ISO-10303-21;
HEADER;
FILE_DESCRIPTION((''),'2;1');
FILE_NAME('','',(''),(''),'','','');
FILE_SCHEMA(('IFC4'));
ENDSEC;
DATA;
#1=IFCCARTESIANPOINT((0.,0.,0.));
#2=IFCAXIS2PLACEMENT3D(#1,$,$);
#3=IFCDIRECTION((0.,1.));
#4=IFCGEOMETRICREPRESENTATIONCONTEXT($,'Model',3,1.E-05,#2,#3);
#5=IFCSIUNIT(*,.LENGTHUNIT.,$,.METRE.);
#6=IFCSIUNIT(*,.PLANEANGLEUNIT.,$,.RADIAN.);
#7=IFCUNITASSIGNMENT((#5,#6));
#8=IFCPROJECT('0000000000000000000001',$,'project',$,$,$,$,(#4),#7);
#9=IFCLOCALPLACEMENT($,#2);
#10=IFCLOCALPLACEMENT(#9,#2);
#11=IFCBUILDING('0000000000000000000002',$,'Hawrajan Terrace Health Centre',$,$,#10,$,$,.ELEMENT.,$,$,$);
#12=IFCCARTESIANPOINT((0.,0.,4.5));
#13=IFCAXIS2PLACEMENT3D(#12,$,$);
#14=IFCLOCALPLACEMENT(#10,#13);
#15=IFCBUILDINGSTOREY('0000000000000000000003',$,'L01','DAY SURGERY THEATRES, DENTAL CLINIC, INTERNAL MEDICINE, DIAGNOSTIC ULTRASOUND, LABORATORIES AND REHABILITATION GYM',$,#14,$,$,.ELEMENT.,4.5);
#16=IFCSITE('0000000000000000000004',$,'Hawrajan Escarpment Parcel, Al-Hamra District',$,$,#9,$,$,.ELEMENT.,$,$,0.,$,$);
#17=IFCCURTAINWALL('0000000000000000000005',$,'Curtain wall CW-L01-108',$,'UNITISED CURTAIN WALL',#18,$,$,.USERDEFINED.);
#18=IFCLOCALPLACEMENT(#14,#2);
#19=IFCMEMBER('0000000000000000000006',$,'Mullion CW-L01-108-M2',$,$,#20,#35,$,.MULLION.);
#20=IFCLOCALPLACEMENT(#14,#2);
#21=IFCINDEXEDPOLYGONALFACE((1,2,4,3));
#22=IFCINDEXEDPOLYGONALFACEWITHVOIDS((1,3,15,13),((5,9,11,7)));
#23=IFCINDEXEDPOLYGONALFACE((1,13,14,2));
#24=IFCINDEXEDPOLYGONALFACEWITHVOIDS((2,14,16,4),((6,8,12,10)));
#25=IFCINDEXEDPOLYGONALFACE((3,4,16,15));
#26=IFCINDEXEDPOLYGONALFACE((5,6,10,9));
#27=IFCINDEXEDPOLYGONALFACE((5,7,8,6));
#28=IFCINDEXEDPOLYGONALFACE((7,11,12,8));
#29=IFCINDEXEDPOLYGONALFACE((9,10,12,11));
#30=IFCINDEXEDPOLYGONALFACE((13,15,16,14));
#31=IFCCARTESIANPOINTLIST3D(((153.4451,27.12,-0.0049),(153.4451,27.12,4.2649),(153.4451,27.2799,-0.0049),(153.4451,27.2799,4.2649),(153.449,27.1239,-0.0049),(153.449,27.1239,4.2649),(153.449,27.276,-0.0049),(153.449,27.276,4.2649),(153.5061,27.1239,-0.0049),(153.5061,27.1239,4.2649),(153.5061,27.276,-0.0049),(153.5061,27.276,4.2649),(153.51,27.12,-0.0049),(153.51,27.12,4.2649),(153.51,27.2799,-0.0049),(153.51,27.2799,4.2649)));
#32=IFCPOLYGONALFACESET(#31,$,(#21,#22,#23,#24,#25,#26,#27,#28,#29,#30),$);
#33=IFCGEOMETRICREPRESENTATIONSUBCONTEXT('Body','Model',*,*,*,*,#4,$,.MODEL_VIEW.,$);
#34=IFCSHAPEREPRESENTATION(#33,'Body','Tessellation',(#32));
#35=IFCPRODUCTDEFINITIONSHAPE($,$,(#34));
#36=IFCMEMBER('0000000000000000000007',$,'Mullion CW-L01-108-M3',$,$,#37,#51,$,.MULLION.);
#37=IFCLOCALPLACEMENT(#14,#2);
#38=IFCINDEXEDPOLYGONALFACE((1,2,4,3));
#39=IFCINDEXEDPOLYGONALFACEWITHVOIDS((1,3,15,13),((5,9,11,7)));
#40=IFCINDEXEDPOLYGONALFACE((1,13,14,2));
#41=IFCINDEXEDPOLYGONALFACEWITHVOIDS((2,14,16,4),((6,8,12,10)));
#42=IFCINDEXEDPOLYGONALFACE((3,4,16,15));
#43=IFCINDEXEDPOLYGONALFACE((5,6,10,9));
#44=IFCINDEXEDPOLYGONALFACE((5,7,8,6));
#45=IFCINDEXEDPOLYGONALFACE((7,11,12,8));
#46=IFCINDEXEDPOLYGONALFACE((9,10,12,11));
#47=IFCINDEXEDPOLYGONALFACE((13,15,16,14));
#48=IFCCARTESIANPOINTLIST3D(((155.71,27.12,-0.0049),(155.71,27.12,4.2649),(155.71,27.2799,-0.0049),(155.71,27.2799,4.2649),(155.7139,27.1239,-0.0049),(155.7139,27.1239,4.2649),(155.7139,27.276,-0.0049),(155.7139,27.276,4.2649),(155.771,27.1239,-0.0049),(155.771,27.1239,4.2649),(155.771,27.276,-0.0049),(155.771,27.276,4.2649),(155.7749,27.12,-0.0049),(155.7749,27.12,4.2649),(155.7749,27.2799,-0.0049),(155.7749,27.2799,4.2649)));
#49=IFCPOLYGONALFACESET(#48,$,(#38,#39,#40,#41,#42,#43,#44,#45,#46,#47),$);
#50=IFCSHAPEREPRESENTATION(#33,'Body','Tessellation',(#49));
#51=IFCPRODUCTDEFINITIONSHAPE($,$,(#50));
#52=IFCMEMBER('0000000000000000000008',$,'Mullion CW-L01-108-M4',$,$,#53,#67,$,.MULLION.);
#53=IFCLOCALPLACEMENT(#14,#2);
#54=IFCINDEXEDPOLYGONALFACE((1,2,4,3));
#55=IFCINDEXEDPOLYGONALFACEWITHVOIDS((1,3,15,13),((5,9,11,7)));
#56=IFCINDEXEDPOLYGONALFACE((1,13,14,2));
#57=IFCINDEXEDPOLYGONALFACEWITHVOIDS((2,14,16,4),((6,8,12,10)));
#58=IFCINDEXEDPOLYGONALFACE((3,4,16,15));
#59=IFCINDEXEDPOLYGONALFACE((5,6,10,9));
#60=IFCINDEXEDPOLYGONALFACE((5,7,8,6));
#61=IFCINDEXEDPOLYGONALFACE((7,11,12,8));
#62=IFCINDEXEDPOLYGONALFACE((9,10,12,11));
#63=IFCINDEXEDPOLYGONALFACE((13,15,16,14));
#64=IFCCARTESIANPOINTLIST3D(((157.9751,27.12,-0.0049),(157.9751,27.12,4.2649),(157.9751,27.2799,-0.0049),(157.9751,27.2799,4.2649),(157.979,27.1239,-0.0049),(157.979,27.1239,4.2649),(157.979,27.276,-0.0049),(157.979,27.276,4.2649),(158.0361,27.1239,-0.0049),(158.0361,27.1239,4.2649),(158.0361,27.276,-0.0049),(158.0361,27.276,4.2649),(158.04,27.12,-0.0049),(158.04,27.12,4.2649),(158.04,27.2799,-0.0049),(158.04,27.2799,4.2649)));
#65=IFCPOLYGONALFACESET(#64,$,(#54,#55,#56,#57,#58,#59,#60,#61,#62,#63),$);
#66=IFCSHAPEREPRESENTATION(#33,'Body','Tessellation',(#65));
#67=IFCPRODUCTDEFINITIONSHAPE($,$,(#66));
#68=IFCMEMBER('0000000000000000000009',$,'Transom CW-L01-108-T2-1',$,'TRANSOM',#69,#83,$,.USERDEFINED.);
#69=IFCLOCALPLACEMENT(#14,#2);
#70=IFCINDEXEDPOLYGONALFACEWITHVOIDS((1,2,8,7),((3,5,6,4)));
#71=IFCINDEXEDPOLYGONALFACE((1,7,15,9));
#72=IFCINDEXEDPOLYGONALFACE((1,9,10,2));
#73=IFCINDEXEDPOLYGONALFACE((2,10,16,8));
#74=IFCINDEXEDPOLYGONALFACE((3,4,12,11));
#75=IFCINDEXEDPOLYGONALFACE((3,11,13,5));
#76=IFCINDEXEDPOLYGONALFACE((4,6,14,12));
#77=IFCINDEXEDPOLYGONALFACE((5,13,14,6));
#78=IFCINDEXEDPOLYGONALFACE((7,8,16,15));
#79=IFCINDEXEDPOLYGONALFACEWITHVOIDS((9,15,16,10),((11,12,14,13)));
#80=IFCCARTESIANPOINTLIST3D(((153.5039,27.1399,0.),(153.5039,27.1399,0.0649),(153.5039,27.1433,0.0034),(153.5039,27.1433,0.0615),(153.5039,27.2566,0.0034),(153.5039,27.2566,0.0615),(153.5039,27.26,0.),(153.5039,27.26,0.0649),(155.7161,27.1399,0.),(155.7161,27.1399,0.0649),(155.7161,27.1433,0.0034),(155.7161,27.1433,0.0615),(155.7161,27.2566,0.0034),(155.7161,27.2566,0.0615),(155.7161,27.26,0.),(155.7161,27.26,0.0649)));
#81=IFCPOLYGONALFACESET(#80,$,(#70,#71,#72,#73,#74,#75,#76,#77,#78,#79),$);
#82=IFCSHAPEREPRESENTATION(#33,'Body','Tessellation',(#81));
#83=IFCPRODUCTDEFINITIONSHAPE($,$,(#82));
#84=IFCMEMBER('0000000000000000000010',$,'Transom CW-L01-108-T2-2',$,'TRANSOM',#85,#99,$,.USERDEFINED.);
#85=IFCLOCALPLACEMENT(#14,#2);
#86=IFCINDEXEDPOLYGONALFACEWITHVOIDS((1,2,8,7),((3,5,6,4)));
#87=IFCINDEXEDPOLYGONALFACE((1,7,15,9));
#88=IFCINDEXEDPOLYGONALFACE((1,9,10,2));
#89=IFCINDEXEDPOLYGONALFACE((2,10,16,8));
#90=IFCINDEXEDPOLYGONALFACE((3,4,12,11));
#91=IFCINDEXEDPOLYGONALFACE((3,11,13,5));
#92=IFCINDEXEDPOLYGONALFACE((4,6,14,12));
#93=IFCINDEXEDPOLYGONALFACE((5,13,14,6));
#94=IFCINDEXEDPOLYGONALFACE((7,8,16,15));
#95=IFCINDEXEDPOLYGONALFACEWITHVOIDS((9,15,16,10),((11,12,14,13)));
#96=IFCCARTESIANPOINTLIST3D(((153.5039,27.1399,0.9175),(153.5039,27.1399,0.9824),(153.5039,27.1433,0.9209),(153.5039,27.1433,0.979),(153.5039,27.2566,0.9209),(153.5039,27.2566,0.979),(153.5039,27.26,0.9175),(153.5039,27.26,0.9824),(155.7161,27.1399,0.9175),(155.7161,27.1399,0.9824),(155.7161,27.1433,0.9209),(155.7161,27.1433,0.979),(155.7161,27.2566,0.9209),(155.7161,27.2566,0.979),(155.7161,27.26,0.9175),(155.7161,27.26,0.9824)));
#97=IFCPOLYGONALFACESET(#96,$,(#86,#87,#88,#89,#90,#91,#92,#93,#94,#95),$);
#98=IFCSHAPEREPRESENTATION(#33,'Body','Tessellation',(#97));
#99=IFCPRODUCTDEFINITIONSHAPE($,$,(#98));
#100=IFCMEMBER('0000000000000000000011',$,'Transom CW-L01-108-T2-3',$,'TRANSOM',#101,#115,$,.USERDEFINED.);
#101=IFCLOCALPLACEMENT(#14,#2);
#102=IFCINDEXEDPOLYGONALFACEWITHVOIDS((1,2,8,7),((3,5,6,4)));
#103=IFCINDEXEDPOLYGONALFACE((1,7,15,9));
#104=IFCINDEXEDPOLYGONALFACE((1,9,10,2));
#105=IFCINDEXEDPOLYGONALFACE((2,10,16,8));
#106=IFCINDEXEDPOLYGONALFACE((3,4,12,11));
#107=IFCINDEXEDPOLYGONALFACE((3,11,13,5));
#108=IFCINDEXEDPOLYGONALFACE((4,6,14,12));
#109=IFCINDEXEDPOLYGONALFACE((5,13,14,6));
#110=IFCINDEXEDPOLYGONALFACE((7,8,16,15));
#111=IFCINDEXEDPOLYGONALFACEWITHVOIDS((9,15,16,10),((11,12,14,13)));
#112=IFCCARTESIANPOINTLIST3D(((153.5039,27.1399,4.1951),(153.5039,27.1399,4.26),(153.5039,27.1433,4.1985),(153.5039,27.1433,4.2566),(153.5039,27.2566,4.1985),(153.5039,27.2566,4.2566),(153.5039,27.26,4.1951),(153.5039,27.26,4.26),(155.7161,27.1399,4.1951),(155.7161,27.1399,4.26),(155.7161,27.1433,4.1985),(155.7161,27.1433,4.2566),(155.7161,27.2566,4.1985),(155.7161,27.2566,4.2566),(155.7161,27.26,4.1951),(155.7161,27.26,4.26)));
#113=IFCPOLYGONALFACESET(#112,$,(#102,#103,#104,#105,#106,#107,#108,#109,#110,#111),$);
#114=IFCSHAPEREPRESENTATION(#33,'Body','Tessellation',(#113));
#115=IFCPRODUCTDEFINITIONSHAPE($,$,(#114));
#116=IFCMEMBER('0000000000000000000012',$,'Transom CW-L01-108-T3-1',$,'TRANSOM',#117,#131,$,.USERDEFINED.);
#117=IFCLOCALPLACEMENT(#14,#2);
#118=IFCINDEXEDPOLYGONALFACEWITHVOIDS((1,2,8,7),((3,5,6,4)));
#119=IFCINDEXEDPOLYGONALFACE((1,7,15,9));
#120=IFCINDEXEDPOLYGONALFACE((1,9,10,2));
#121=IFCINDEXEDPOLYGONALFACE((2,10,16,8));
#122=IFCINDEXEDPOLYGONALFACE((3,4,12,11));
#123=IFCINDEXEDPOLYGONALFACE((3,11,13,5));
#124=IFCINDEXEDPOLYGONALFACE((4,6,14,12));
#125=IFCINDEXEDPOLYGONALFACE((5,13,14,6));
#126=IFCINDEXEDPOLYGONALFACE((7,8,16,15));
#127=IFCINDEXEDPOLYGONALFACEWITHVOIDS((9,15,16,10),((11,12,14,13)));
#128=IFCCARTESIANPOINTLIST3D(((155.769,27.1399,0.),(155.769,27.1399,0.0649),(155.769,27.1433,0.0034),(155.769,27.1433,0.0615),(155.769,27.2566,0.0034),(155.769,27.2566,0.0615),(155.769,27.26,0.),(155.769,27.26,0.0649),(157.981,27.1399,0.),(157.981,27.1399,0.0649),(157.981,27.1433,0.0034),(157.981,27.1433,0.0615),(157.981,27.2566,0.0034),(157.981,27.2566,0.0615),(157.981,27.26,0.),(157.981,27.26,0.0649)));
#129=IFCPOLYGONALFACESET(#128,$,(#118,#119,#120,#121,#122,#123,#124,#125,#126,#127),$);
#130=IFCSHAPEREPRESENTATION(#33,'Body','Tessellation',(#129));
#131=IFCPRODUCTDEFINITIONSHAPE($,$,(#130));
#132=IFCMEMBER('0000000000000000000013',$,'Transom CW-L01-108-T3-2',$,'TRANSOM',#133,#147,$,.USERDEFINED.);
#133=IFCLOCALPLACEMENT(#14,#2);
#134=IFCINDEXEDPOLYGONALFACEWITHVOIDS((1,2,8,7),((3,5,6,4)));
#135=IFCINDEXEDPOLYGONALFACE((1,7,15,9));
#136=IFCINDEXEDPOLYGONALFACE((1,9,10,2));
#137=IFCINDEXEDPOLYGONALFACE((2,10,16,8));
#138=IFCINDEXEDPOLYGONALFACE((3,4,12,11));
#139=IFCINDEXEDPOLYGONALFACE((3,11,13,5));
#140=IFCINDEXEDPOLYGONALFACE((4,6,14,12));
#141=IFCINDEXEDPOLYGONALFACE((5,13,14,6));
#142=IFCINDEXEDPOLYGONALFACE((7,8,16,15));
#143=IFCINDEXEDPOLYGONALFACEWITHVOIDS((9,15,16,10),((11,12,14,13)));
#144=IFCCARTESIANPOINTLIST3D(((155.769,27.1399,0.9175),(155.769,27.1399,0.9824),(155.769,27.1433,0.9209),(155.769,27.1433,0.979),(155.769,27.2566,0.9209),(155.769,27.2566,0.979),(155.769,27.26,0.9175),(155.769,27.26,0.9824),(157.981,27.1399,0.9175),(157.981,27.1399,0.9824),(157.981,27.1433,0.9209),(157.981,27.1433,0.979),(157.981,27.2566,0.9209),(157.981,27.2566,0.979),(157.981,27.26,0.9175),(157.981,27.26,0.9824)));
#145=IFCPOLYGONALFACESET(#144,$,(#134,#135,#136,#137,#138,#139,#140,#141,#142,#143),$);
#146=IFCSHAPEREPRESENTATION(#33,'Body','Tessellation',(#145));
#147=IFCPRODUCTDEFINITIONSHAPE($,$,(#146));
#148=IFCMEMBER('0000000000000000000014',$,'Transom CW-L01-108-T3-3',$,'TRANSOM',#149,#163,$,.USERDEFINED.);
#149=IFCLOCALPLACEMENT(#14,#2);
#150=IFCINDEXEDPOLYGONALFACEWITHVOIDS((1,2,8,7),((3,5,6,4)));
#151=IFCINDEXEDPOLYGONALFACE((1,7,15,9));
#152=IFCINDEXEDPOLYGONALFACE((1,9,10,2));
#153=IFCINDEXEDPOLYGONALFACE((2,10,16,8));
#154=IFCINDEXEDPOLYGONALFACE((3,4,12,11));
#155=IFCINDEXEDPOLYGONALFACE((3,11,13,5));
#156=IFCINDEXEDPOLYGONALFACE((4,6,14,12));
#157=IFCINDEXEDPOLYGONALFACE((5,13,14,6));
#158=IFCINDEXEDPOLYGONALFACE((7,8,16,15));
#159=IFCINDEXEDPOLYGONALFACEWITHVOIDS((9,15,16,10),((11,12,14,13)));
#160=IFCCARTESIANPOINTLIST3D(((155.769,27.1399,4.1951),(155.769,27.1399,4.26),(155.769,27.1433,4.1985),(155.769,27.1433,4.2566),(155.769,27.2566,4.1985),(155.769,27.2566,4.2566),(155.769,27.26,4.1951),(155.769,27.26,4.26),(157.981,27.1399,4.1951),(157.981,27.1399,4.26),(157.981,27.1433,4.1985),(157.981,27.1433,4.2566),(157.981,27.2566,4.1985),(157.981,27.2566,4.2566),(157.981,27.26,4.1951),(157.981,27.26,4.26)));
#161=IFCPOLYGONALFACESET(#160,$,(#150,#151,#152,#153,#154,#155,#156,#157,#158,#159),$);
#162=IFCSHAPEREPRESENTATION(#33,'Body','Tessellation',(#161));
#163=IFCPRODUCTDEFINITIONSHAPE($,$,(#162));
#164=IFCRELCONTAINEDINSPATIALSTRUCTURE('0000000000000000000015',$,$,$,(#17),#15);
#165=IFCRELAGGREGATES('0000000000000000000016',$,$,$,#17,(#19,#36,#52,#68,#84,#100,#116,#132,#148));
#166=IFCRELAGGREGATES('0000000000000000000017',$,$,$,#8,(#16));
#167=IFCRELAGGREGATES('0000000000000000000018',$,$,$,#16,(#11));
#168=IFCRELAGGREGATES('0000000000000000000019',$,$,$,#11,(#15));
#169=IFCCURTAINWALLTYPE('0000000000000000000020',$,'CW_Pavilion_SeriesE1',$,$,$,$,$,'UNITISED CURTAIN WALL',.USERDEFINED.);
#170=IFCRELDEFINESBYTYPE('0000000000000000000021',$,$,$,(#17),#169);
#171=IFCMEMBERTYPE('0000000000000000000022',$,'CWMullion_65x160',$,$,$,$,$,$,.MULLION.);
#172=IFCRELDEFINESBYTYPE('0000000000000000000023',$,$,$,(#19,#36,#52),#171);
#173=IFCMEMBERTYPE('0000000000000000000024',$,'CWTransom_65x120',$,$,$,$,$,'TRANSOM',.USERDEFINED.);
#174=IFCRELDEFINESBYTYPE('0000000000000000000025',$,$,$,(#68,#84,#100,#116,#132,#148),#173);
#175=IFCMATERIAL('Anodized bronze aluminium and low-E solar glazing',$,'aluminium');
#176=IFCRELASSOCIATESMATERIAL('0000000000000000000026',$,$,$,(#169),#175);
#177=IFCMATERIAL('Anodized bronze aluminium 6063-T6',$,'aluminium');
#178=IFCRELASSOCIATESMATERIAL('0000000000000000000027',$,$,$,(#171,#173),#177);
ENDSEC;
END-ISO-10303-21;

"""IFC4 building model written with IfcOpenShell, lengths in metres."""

from ifc_helpers import new_model, si_unit, direction, frame, origin, origin_2d, place, context, subcontext, project, spatial, hollow_rectangle, extrude, material, material_profile, profile_set, type_object, element, aggregate, save


model = new_model("IFC4")

# Units and contexts
model_context = context("Model", 3, precision=1e-05, world=origin(), true_north=direction((0.0, 1.0)))
body_context = subcontext(model_context, "Body", "Model", "MODEL_VIEW")
ifc_project = project(units=[si_unit("LENGTHUNIT", "METRE"), si_unit("PLANEANGLEUNIT", "RADIAN")], contexts=[model_context])

# Site, building, storey
site_placement = place(None, origin())
site = spatial("IfcSite", under=ifc_project, at=site_placement, Name="Hawrajan Escarpment Parcel, Al-Hamra District", CompositionType="ELEMENT", RefElevation=0.0)
building_placement = place(site_placement, origin())
building = spatial("IfcBuilding", under=site, at=building_placement, Name="Hawrajan Terrace Health Centre", CompositionType="ELEMENT")
storey_placement = place(building_placement, frame((0.0, 0.0, 4.5)))
storey = spatial("IfcBuildingStorey", under=building, at=storey_placement, Name="L01", Description="DAY SURGERY THEATRES, DENTAL CLINIC, INTERNAL MEDICINE, DIAGNOSTIC ULTRASOUND, LABORATORIES AND REHABILITATION GYM", CompositionType="ELEMENT", Elevation=4.5)

# Curtain wall, members
ifc_material_1 = material(Name="Anodized bronze aluminium and low-E solar glazing", Category="aluminium")
curtain_wall_type = type_object("IfcCurtainWallType", Name="CW_Pavilion_SeriesE1", ElementType="UNITISED CURTAIN WALL", PredefinedType="USERDEFINED", material=ifc_material_1)
curtain_wall_placement = place(storey_placement, origin())
curtain_wall = element("IfcCurtainWall", 1, at=curtain_wall_placement, inside=storey, type_object=curtain_wall_type, Name="Curtain wall CW-L01-108", ObjectType="UNITISED CURTAIN WALL", PredefinedType="USERDEFINED")
ifc_material_2 = material(Name="Anodized bronze aluminium 6063-T6", Category="aluminium")
ifc_material_profile_1 = material_profile(ifc_material_2, hollow_rectangle(XDim=0.0649, YDim=0.1599, WallThickness=0.0039, at=origin_2d()), Name="CW MUL 65x160")
ifc_profile_set_1 = profile_set([ifc_material_profile_1], Name="Anodized bronze aluminium 6063-T6")
member_type_1 = type_object("IfcMemberType", Name="CWMullion_65x160", PredefinedType="MULLION", material=ifc_profile_set_1)
member_1_placement = place(storey_placement, frame((153.4775, 27.2, -0.0049), z_axis=(0.0, 0.0, 1.0), x_axis=(1.0, 0.0, 0.0)))
member_1 = element("IfcMember", 2, at=member_1_placement, type_object=member_type_1, Name="Mullion CW-L01-108-M2", PredefinedType="MULLION", context=body_context, shape_type="SweptSolid", body=[
    extrude(hollow_rectangle(XDim=0.0649, YDim=0.1599, WallThickness=0.0039, at=origin_2d()), origin(), (0.0, 0.0, 1.0), 4.2698),
])
member_2_placement = place(storey_placement, frame((155.7424, 27.2, -0.0049), z_axis=(0.0, 0.0, 1.0), x_axis=(1.0, 0.0, 0.0)))
member_2 = element("IfcMember", 3, at=member_2_placement, type_object=member_type_1, Name="Mullion CW-L01-108-M3", PredefinedType="MULLION", context=body_context, shape_type="SweptSolid", body=[
    extrude(hollow_rectangle(XDim=0.0649, YDim=0.1599, WallThickness=0.0039, at=origin_2d()), origin(), (0.0, 0.0, 1.0), 4.2698),
])
member_3_placement = place(storey_placement, frame((158.0076, 27.2, -0.0049), z_axis=(0.0, 0.0, 1.0), x_axis=(1.0, 0.0, 0.0)))
member_3 = element("IfcMember", 4, at=member_3_placement, type_object=member_type_1, Name="Mullion CW-L01-108-M4", PredefinedType="MULLION", context=body_context, shape_type="SweptSolid", body=[
    extrude(hollow_rectangle(XDim=0.0649, YDim=0.1599, WallThickness=0.0039, at=origin_2d()), origin(), (0.0, 0.0, 1.0), 4.2698),
])
ifc_material_profile_2 = material_profile(ifc_material_2, hollow_rectangle(XDim=0.0649, YDim=0.1201, WallThickness=0.0034, at=origin_2d()), Name="CW TRN 65x120")
ifc_profile_set_2 = profile_set([ifc_material_profile_2], Name="Anodized bronze aluminium 6063-T6")
member_type_2 = type_object("IfcMemberType", Name="CWTransom_65x120", ElementType="TRANSOM", PredefinedType="USERDEFINED", material=ifc_profile_set_2)
member_4_placement = place(storey_placement, frame((153.5039, 27.2, 0.0325), z_axis=(1.0, 0.0, 0.0), x_axis=(0.0, 0.0, 1.0)))
member_4 = element("IfcMember", 5, at=member_4_placement, type_object=member_type_2, Name="Transom CW-L01-108-T2-1", ObjectType="TRANSOM", PredefinedType="USERDEFINED", context=body_context, shape_type="SweptSolid", body=[
    extrude(hollow_rectangle(XDim=0.0649, YDim=0.1201, WallThickness=0.0034, at=origin_2d()), origin(), (0.0, 0.0, 1.0), 2.2122),
])
member_5_placement = place(storey_placement, frame((153.5039, 27.2, 0.95), z_axis=(1.0, 0.0, 0.0), x_axis=(0.0, 0.0, 1.0)))
member_5 = element("IfcMember", 6, at=member_5_placement, type_object=member_type_2, Name="Transom CW-L01-108-T2-2", ObjectType="TRANSOM", PredefinedType="USERDEFINED", context=body_context, shape_type="SweptSolid", body=[
    extrude(hollow_rectangle(XDim=0.0649, YDim=0.1201, WallThickness=0.0034, at=origin_2d()), origin(), (0.0, 0.0, 1.0), 2.2122),
])
member_6_placement = place(storey_placement, frame((153.5039, 27.2, 4.2275), z_axis=(1.0, 0.0, 0.0), x_axis=(0.0, 0.0, 1.0)))
member_6 = element("IfcMember", 7, at=member_6_placement, type_object=member_type_2, Name="Transom CW-L01-108-T2-3", ObjectType="TRANSOM", PredefinedType="USERDEFINED", context=body_context, shape_type="SweptSolid", body=[
    extrude(hollow_rectangle(XDim=0.0649, YDim=0.1201, WallThickness=0.0034, at=origin_2d()), origin(), (0.0, 0.0, 1.0), 2.2122),
])
member_7_placement = place(storey_placement, frame((155.769, 27.2, 0.0325), z_axis=(1.0, 0.0, 0.0), x_axis=(0.0, 0.0, 1.0)))
member_7 = element("IfcMember", 8, at=member_7_placement, type_object=member_type_2, Name="Transom CW-L01-108-T3-1", ObjectType="TRANSOM", PredefinedType="USERDEFINED", context=body_context, shape_type="SweptSolid", body=[
    extrude(hollow_rectangle(XDim=0.0649, YDim=0.1201, WallThickness=0.0034, at=origin_2d()), origin(), (0.0, 0.0, 1.0), 2.2119),
])
member_8_placement = place(storey_placement, frame((155.769, 27.2, 0.95), z_axis=(1.0, 0.0, 0.0), x_axis=(0.0, 0.0, 1.0)))
member_8 = element("IfcMember", 9, at=member_8_placement, type_object=member_type_2, Name="Transom CW-L01-108-T3-2", ObjectType="TRANSOM", PredefinedType="USERDEFINED", context=body_context, shape_type="SweptSolid", body=[
    extrude(hollow_rectangle(XDim=0.0649, YDim=0.1201, WallThickness=0.0034, at=origin_2d()), origin(), (0.0, 0.0, 1.0), 2.2119),
])
member_9_placement = place(storey_placement, frame((155.769, 27.2, 4.2275), z_axis=(1.0, 0.0, 0.0), x_axis=(0.0, 0.0, 1.0)))
member_9 = element("IfcMember", 10, at=member_9_placement, type_object=member_type_2, Name="Transom CW-L01-108-T3-3", ObjectType="TRANSOM", PredefinedType="USERDEFINED", context=body_context, shape_type="SweptSolid", body=[
    extrude(hollow_rectangle(XDim=0.0649, YDim=0.1201, WallThickness=0.0034, at=origin_2d()), origin(), (0.0, 0.0, 1.0), 2.2119),
])

aggregate(curtain_wall, [member_1, member_2, member_3, member_4, member_5, member_6, member_7, member_8, member_9])

save(model, "model.ifc")
